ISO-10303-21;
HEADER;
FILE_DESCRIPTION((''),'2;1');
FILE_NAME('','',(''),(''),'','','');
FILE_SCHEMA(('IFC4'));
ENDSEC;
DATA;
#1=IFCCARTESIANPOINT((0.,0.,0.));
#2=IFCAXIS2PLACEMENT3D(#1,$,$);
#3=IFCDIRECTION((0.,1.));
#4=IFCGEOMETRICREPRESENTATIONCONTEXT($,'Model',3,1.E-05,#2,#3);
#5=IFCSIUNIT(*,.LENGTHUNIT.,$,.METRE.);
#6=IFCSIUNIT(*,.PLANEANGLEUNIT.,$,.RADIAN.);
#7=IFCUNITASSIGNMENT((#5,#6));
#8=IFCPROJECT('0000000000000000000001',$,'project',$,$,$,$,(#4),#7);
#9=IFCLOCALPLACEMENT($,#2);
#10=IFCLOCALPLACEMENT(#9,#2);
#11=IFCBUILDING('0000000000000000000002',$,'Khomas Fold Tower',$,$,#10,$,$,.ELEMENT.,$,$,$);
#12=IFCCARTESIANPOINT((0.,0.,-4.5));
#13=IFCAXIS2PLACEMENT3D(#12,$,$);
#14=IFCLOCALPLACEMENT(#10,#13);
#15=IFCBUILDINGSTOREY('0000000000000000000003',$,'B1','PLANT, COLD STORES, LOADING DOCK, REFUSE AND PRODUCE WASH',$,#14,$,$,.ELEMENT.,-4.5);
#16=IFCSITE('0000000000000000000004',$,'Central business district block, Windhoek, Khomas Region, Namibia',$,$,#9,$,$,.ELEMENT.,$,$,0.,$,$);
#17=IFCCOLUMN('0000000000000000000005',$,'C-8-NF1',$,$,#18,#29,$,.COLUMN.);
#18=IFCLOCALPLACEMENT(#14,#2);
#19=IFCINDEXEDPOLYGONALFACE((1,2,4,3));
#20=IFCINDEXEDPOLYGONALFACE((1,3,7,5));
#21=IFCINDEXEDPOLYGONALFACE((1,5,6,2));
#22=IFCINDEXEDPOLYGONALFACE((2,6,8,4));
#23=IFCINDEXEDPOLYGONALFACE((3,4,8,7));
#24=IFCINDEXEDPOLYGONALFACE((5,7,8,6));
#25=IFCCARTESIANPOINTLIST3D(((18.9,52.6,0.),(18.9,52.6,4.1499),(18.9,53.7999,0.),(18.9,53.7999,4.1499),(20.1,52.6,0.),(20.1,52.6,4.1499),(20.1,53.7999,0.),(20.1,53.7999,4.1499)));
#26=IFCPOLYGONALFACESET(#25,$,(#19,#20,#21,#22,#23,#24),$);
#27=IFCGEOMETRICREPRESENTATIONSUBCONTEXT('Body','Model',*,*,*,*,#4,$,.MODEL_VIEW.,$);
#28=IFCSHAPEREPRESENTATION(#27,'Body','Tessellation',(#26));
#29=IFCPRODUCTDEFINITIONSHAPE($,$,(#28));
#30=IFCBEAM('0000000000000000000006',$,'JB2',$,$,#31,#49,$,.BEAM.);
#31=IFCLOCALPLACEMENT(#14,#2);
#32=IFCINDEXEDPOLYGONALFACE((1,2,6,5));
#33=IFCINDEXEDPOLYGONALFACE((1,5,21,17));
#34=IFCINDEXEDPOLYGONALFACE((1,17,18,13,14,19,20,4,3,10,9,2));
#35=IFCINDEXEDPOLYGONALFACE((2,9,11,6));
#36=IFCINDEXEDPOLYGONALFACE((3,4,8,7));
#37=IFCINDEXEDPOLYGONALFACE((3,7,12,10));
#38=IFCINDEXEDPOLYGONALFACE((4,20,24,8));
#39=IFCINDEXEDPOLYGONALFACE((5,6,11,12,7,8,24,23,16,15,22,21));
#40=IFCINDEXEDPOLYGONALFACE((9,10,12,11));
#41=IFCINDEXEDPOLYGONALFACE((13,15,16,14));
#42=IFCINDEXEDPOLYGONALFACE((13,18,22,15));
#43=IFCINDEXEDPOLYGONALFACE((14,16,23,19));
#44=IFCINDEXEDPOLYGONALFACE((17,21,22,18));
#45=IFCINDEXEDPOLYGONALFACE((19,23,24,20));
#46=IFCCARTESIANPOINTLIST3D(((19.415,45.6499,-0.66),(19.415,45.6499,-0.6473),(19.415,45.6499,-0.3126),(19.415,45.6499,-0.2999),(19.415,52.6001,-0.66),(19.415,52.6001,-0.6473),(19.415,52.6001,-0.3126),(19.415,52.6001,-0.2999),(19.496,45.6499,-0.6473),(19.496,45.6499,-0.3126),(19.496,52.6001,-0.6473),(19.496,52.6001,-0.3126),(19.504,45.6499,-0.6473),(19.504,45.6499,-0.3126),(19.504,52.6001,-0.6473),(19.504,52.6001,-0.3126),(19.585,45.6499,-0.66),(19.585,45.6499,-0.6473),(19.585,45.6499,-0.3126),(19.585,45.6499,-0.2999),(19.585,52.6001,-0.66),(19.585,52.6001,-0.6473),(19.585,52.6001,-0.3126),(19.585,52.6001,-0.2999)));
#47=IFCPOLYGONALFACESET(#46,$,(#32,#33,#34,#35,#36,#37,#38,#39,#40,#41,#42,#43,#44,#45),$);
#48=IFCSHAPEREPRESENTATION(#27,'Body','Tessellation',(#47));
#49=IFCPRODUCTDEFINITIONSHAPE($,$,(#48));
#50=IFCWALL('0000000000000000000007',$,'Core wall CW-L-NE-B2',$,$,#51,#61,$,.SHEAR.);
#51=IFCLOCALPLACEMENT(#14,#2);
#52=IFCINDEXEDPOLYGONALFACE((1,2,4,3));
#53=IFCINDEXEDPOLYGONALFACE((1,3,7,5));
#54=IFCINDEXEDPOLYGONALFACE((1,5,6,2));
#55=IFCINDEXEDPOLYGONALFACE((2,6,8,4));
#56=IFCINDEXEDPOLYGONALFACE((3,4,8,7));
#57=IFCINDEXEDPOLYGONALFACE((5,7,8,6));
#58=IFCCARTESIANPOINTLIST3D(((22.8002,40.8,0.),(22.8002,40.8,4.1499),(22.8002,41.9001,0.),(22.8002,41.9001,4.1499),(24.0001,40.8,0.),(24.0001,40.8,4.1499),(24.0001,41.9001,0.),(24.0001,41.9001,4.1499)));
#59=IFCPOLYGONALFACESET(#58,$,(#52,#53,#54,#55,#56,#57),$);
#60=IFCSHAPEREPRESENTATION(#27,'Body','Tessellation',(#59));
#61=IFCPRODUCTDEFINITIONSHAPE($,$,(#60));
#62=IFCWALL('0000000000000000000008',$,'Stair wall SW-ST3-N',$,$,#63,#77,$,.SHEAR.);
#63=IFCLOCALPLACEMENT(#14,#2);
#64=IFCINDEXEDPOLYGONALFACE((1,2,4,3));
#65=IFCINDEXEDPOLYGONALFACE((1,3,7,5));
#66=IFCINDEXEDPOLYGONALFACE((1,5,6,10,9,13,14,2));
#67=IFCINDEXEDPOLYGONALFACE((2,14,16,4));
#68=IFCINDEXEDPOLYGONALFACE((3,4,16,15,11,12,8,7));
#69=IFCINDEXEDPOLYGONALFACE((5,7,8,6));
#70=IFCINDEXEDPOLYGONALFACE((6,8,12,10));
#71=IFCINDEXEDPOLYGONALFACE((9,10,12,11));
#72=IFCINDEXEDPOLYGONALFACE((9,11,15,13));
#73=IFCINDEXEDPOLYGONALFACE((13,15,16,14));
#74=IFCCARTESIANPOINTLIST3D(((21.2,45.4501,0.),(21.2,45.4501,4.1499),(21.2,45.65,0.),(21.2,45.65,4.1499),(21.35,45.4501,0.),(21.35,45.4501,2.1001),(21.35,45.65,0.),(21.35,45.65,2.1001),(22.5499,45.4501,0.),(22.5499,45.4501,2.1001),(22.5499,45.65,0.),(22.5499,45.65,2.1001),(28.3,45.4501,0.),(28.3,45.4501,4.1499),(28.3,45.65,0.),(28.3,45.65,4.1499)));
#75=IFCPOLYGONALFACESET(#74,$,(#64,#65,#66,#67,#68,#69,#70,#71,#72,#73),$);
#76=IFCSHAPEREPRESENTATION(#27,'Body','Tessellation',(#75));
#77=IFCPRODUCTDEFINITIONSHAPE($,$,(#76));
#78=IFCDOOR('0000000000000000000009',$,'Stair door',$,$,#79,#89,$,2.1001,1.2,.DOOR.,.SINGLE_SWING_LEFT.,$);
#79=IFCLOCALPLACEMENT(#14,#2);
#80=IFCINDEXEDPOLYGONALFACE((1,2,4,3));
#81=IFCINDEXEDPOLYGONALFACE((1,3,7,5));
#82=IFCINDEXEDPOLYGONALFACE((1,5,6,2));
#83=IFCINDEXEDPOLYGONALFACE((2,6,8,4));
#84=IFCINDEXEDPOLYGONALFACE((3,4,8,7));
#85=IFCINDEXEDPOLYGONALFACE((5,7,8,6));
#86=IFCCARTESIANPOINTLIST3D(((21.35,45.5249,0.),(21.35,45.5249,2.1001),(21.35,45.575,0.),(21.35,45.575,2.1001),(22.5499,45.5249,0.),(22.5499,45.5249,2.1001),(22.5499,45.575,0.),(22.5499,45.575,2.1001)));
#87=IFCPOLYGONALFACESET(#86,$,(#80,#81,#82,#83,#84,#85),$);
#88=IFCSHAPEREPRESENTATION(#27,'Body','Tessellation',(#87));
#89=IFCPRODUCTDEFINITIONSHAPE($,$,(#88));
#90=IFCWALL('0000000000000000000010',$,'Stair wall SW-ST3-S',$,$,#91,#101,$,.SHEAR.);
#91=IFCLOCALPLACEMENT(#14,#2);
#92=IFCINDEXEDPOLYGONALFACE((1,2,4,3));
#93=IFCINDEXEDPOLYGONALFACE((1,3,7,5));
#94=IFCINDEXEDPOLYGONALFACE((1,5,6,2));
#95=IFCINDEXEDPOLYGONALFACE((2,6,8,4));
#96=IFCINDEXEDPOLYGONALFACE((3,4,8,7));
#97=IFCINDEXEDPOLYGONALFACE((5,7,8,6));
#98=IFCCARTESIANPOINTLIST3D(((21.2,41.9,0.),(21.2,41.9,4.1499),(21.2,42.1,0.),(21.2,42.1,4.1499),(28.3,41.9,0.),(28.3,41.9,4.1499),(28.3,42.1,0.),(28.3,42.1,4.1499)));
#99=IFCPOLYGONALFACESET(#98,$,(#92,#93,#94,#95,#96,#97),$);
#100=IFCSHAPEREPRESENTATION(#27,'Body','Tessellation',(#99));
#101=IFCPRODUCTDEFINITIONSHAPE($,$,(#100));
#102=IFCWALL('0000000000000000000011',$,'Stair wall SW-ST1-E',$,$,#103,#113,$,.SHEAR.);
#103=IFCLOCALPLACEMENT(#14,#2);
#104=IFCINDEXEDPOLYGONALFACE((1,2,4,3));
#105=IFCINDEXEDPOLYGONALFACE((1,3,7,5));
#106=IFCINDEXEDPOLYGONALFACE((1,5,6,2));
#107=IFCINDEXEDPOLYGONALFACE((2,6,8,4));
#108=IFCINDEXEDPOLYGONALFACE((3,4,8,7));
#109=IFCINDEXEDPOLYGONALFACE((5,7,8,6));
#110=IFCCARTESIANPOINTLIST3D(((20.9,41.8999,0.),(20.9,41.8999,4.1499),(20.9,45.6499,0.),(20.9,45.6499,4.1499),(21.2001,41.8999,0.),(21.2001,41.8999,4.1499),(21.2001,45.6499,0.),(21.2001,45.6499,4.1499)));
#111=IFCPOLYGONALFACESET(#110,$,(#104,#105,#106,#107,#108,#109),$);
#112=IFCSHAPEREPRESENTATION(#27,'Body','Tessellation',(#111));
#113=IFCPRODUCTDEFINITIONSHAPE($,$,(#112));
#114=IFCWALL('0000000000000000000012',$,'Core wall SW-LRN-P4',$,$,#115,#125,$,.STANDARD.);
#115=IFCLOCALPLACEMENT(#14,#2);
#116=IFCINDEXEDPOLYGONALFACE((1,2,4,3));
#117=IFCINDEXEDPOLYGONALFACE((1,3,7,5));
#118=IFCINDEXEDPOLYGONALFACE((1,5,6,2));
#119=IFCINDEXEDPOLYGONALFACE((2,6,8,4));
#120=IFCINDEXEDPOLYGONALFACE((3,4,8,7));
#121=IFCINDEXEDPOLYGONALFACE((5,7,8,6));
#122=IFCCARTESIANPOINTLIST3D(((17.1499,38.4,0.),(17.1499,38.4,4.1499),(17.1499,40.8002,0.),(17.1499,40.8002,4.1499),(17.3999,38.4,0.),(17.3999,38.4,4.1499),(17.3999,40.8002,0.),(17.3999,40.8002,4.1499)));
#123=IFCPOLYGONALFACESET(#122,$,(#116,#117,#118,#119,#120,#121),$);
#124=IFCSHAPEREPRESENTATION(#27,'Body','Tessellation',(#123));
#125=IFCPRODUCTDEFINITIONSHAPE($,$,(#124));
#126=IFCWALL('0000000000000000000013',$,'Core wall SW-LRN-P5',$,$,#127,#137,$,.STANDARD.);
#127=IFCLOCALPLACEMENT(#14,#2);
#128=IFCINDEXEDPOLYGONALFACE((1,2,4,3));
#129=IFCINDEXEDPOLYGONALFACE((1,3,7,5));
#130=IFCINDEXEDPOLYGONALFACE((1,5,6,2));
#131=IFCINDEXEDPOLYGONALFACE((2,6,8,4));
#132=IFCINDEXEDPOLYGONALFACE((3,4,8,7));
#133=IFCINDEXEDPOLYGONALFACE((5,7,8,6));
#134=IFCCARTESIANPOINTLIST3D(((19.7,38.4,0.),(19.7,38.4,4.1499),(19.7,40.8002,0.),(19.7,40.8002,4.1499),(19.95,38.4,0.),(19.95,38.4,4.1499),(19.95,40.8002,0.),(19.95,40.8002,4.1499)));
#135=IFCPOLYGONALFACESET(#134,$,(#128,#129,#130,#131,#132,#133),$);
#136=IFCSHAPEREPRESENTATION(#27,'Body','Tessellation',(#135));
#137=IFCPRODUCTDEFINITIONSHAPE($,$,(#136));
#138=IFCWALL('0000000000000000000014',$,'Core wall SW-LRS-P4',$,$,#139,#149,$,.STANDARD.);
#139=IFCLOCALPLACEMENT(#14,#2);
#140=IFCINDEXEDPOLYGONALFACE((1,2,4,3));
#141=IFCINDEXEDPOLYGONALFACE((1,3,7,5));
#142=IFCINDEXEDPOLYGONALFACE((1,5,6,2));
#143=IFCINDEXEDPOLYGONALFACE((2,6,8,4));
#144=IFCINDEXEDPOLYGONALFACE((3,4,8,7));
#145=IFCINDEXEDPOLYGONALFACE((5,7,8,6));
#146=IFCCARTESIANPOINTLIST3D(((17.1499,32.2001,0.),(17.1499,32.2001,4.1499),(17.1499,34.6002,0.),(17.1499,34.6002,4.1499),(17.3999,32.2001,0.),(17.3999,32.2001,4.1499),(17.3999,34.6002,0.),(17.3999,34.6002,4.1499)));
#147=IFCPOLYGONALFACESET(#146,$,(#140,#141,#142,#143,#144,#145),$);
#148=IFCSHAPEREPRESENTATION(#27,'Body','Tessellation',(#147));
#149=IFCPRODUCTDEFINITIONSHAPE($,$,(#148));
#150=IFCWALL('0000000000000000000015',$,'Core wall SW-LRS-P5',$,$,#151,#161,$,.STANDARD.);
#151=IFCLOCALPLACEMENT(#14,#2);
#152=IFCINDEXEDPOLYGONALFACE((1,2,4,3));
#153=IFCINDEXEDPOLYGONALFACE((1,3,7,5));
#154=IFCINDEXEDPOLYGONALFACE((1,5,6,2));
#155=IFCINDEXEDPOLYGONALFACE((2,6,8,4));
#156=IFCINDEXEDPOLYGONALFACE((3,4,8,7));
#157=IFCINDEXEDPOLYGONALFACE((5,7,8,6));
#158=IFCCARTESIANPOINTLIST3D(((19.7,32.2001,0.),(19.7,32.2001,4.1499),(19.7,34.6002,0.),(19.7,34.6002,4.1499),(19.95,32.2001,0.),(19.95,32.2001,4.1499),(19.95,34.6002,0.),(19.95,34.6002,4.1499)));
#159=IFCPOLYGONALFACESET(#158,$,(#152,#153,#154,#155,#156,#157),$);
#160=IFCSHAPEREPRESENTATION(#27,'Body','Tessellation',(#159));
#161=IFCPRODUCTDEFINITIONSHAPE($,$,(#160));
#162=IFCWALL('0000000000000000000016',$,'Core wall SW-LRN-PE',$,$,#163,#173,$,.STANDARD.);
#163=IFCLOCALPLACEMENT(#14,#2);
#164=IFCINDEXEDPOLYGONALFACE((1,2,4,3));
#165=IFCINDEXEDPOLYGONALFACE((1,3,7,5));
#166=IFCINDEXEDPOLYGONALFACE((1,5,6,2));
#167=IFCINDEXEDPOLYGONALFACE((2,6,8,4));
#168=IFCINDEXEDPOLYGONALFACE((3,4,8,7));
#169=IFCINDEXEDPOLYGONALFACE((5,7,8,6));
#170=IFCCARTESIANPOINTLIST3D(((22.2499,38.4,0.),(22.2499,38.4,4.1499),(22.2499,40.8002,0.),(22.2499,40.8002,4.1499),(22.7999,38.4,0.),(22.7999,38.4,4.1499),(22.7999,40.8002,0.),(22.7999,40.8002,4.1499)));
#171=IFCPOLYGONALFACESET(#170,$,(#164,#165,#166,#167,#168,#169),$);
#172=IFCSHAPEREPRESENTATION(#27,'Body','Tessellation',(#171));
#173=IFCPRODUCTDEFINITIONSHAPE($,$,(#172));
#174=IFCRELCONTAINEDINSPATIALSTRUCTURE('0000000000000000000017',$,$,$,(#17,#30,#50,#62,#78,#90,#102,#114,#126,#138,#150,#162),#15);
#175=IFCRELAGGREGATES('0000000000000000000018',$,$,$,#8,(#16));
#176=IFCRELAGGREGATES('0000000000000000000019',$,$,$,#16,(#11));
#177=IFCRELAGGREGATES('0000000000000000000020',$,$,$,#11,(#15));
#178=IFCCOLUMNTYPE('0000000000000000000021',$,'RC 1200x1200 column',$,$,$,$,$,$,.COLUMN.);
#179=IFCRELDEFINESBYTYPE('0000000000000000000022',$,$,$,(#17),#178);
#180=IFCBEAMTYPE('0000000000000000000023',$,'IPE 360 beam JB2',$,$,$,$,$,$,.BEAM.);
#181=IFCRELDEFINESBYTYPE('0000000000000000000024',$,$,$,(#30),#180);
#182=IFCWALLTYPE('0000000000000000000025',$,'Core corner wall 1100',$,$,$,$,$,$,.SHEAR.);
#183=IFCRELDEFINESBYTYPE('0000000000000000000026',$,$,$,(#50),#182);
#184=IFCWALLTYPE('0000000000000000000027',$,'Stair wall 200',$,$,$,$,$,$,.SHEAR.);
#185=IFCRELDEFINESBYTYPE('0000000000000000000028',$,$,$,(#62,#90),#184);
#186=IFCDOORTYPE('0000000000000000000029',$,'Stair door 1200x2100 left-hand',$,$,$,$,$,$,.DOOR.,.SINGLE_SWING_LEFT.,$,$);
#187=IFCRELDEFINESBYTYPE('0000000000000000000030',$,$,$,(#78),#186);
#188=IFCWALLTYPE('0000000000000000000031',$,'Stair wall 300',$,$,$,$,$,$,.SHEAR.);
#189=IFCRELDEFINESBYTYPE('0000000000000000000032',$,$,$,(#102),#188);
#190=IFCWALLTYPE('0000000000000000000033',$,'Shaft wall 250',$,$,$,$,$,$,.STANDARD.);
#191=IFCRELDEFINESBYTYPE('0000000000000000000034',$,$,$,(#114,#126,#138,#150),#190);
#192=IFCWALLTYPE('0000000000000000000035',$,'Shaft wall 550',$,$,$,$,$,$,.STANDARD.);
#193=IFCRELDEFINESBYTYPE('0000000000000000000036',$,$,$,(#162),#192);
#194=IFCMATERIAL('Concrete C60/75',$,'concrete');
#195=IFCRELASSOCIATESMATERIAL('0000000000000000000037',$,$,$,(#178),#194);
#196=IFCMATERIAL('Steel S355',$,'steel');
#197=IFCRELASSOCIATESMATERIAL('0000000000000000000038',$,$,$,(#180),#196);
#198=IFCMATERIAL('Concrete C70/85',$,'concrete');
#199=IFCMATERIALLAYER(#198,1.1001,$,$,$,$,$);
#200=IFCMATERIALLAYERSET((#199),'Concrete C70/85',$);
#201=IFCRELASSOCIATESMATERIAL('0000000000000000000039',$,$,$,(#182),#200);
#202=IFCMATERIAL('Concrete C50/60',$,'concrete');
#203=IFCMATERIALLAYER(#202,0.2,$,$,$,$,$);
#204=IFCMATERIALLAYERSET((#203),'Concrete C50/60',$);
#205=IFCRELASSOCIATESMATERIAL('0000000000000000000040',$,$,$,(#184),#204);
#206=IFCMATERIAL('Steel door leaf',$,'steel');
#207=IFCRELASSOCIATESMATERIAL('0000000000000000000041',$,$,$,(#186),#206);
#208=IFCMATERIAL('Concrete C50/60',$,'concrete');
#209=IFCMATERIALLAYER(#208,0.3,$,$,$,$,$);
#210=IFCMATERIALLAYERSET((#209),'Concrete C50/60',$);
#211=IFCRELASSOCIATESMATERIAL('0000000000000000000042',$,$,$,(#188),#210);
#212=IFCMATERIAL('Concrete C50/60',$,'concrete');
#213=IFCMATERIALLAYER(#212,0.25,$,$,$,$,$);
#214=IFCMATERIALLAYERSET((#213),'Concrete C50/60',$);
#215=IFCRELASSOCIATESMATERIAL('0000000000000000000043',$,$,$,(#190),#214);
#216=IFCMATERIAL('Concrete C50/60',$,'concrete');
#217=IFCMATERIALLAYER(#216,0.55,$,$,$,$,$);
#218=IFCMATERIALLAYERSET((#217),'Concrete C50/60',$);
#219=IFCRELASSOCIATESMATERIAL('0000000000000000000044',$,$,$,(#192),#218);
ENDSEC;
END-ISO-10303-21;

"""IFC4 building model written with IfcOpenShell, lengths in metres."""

from ifc_helpers import new_model, si_unit, direction, frame, frame_2d, origin, origin_2d, place, context, subcontext, project, spatial, rectangle, i_section, extrude, source, transform, mapped, material, layer, layer_set, material_profile, profile_set, type_object, element, fill, save


model = new_model("IFC4")

# Units and contexts
model_context = context("Model", 3, precision=1e-05, world=origin(), true_north=direction((0.0, 1.0)))
body_context = subcontext(model_context, "Body", "Model", "MODEL_VIEW")
ifc_project = project(units=[si_unit("LENGTHUNIT", "METRE"), si_unit("PLANEANGLEUNIT", "RADIAN")], contexts=[model_context])

# Site, building, storey
site_placement = place(None, origin())
site = spatial("IfcSite", under=ifc_project, at=site_placement, Name="Central business district block, Windhoek, Khomas Region, Namibia", CompositionType="ELEMENT", RefElevation=0.0)
building_placement = place(site_placement, origin())
building = spatial("IfcBuilding", under=site, at=building_placement, Name="Khomas Fold Tower", CompositionType="ELEMENT")
storey_placement = place(building_placement, frame((0.0, 0.0, -4.5)))
storey = spatial("IfcBuildingStorey", under=building, at=storey_placement, Name="B1", Description="PLANT, COLD STORES, LOADING DOCK, REFUSE AND PRODUCE WASH", CompositionType="ELEMENT", Elevation=-4.5)

# Column
ifc_material_1 = material(Name="Concrete C60/75", Category="concrete")
ifc_material_profile_1 = material_profile(ifc_material_1, rectangle(XDim=1.2, YDim=1.2, at=origin_2d()), Name="RC 1200x1200")
ifc_profile_set_1 = profile_set([ifc_material_profile_1], Name="Concrete C60/75")
column_type = type_object("IfcColumnType", Name="RC 1200x1200 column", PredefinedType="COLUMN", material=ifc_profile_set_1)
shared_shape_1 = source(origin(), body_context, "Body", "SweptSolid", [
    extrude(rectangle(XDim=1.2, YDim=1.2, at=origin_2d()), origin(), (0.0, 0.0, 1.0), 4.1499),
])
column_placement = place(storey_placement, frame((19.5, 53.2, 0.0), z_axis=(0.0, 0.0, 1.0), x_axis=(1.0, 0.0, 0.0)))
element("IfcColumn", 1, at=column_placement, inside=storey, type_object=column_type, Name="C-8-NF1", PredefinedType="COLUMN", context=body_context, shape_type="MappedRepresentation", body=[
    mapped(shared_shape_1, transform((0.0, 0.0, 0.0))),
])

# Beam
ifc_material_2 = material(Name="Steel S355", Category="steel")
ifc_material_profile_2 = material_profile(ifc_material_2, i_section(OverallWidth=0.1699, OverallDepth=0.3601, WebThickness=0.0081, FlangeThickness=0.0127, at=origin_2d()), Name="IPE 360")
ifc_profile_set_2 = profile_set([ifc_material_profile_2], Name="Steel S355")
beam_type = type_object("IfcBeamType", Name="IPE 360 beam JB2", PredefinedType="BEAM", material=ifc_profile_set_2)
shared_shape_2 = source(origin(), body_context, "Body", "SweptSolid", [
    extrude(i_section(OverallWidth=0.1699, OverallDepth=0.3601, WebThickness=0.0081, FlangeThickness=0.0127, at=origin_2d()), origin(), (0.0, 0.0, 1.0), 6.9502),
])
beam_placement = place(storey_placement, frame((19.5, 45.6499, -0.48), z_axis=(0.0, 1.0, 0.0), x_axis=(-1.0, 0.0, 0.0)))
element("IfcBeam", 2, at=beam_placement, inside=storey, type_object=beam_type, Name="JB2", PredefinedType="BEAM", context=body_context, shape_type="MappedRepresentation", body=[
    mapped(shared_shape_2, transform((0.0, 0.0, 0.0))),
])

# Wall
ifc_material_3 = material(Name="Concrete C70/85", Category="concrete")
ifc_layer_1 = layer(ifc_material_3, 1.1001)
ifc_layer_set_1 = layer_set([ifc_layer_1], Name="Concrete C70/85")
wall_type_1 = type_object("IfcWallType", Name="Core corner wall 1100", PredefinedType="SHEAR", material=ifc_layer_set_1)
shared_shape_3 = source(origin(), body_context, "Body", "SweptSolid", [
    extrude(rectangle(XDim=1.2, YDim=1.1001, at=frame_2d((0.6001, 0.0))), origin(), (0.0, 0.0, 1.0), 4.1499),
])
wall_1_placement = place(storey_placement, frame((22.8, 41.3501, 0.0), z_axis=(0.0, 0.0, 1.0), x_axis=(1.0, 0.0, 0.0)))
element("IfcWall", 3, at=wall_1_placement, inside=storey, type_object=wall_type_1, Name="Core wall CW-L-NE-B2", PredefinedType="SHEAR", context=body_context, shape_type="MappedRepresentation", body=[
    mapped(shared_shape_3, transform((0.0, 0.0, 0.0))),
])

# Wall, opening, door
ifc_material_4 = material(Name="Concrete C50/60", Category="concrete")
ifc_layer_2 = layer(ifc_material_4, 0.2)
ifc_layer_set_2 = layer_set([ifc_layer_2], Name="Concrete C50/60")
wall_type_2 = type_object("IfcWallType", Name="Stair wall 200", PredefinedType="SHEAR", material=ifc_layer_set_2)
shared_shape_4 = source(origin(), body_context, "Body", "SweptSolid", [
    extrude(rectangle(XDim=7.1001, YDim=0.2, at=frame_2d((3.55, 0.0))), origin(), (0.0, 0.0, 1.0), 4.1499),
])
wall_2_placement = place(storey_placement, frame((21.2, 45.55, 0.0), z_axis=(0.0, 0.0, 1.0), x_axis=(1.0, 0.0, 0.0)))
wall_2 = element("IfcWall", 4, at=wall_2_placement, inside=storey, type_object=wall_type_2, Name="Stair wall SW-ST3-N", PredefinedType="SHEAR", context=body_context, shape_type="MappedRepresentation", body=[
    mapped(shared_shape_4, transform((0.0, 0.0, 0.0))),
])
shared_shape_5 = source(origin(), body_context, "Body", "SweptSolid", [
    extrude(rectangle(XDim=1.2, YDim=2.1001, at=frame_2d((0.6001, 1.05))), frame((0.0, 0.1099, 0.0), z_axis=(0.0, -1.0, 0.0), x_axis=(1.0, 0.0, 0.0)), (0.0, 0.0, 1.0), 0.22),
])
opening_1_placement = place(wall_2_placement, frame((0.1499, 0.0, 0.0)))
opening_1 = element("IfcOpeningElement", 5, at=opening_1_placement, cuts=wall_2, PredefinedType="OPENING", context=body_context, shape_type="MappedRepresentation", body=[
    mapped(shared_shape_5, transform((0.0, 0.0, 0.0))),
])
ifc_material_5 = material(Name="Steel door leaf", Category="steel")
door_type_1 = type_object("IfcDoorType", Name="Stair door 1200x2100 left-hand", OperationType="SINGLE_SWING_LEFT", PredefinedType="DOOR", material=ifc_material_5)
shared_shape_6 = source(origin(), body_context, "Body", "SweptSolid", [
    extrude(rectangle(XDim=1.2, YDim=2.1001, at=frame_2d((0.6001, 1.05))), frame((0.0, 0.0249, 0.0), z_axis=(0.0, -1.0, 0.0), x_axis=(1.0, 0.0, 0.0)), (0.0, 0.0, 1.0), 0.05),
])
door_1_placement = place(opening_1_placement, origin())
door_1 = element("IfcDoor", 6, at=door_1_placement, inside=storey, type_object=door_type_1, Name="Stair door", OperationType="SINGLE_SWING_LEFT", OverallHeight=2.1001, OverallWidth=1.2, PredefinedType="DOOR", context=body_context, shape_type="MappedRepresentation", body=[
    mapped(shared_shape_6, transform((0.0, 0.0, 0.0))),
])
fill(opening_1, door_1)

# Walls
wall_3_placement = place(storey_placement, frame((21.2, 42.0, 0.0), z_axis=(0.0, 0.0, 1.0), x_axis=(1.0, 0.0, 0.0)))
element("IfcWall", 7, at=wall_3_placement, inside=storey, type_object=wall_type_2, Name="Stair wall SW-ST3-S", PredefinedType="SHEAR", context=body_context, shape_type="MappedRepresentation", body=[
    mapped(shared_shape_4, transform((0.0, 0.0, 0.0))),
])
ifc_material_6 = material(Name="Concrete C50/60", Category="concrete")
ifc_layer_3 = layer(ifc_material_6, 0.3)
ifc_layer_set_3 = layer_set([ifc_layer_3], Name="Concrete C50/60")
wall_type_3 = type_object("IfcWallType", Name="Stair wall 300", PredefinedType="SHEAR", material=ifc_layer_set_3)
shared_shape_7 = source(origin(), body_context, "Body", "SweptSolid", [
    extrude(rectangle(XDim=3.75, YDim=0.3, at=frame_2d((1.875, 0.0))), origin(), (0.0, 0.0, 1.0), 4.1499),
])
wall_4_placement = place(storey_placement, frame((21.05, 41.8999, 0.0), z_axis=(0.0, 0.0, 1.0), x_axis=(0.0, 1.0, 0.0)))
element("IfcWall", 8, at=wall_4_placement, inside=storey, type_object=wall_type_3, Name="Stair wall SW-ST1-E", PredefinedType="SHEAR", context=body_context, shape_type="MappedRepresentation", body=[
    mapped(shared_shape_7, transform((0.0, 0.0, 0.0))),
])
ifc_material_7 = material(Name="Concrete C50/60", Category="concrete")
ifc_layer_4 = layer(ifc_material_7, 0.25)
ifc_layer_set_4 = layer_set([ifc_layer_4], Name="Concrete C50/60")
wall_type_4 = type_object("IfcWallType", Name="Shaft wall 250", PredefinedType="STANDARD", material=ifc_layer_set_4)
shared_shape_8 = source(origin(), body_context, "Body", "SweptSolid", [
    extrude(rectangle(XDim=2.4001, YDim=0.25, at=frame_2d((1.2002, 0.0))), origin(), (0.0, 0.0, 1.0), 4.1499),
])
for number, where, z_axis, x_axis, name in (
    (9, (17.2749, 38.3999, 0.0), (0.0, 0.0, 1.0), (0.0, 1.0, 0.0), "Core wall SW-LRN-P4"),
    (10, (19.825, 38.3999, 0.0), (0.0, 0.0, 1.0), (0.0, 1.0, 0.0), "Core wall SW-LRN-P5"),
    (11, (17.2749, 32.2, 0.0), (0.0, 0.0, 1.0), (0.0, 1.0, 0.0), "Core wall SW-LRS-P4"),
    (12, (19.825, 32.2, 0.0), (0.0, 0.0, 1.0), (0.0, 1.0, 0.0), "Core wall SW-LRS-P5"),
):
    element("IfcWall", number, at=place(storey_placement, frame(where, z_axis=z_axis, x_axis=x_axis)), inside=storey, type_object=wall_type_4, Name=name, PredefinedType="STANDARD", context=body_context, shape_type="MappedRepresentation", body=[
        mapped(shared_shape_8, transform((0.0, 0.0, 0.0))),
    ])
ifc_material_8 = material(Name="Concrete C50/60", Category="concrete")
ifc_layer_5 = layer(ifc_material_8, 0.55)
ifc_layer_set_5 = layer_set([ifc_layer_5], Name="Concrete C50/60")
wall_type_5 = type_object("IfcWallType", Name="Shaft wall 550", PredefinedType="STANDARD", material=ifc_layer_set_5)
shared_shape_9 = source(origin(), body_context, "Body", "SweptSolid", [
    extrude(rectangle(XDim=2.4001, YDim=0.55, at=frame_2d((1.2002, 0.0))), origin(), (0.0, 0.0, 1.0), 4.1499),
])
for number, where, z_axis, x_axis, name in (
    (13, (22.5249, 38.3999, 0.0), (0.0, 0.0, 1.0), (0.0, 1.0, 0.0), "Core wall SW-LRN-PE"),
):
    element("IfcWall", number, at=place(storey_placement, frame(where, z_axis=z_axis, x_axis=x_axis)), inside=storey, type_object=wall_type_5, Name=name, PredefinedType="STANDARD", context=body_context, shape_type="MappedRepresentation", body=[
        mapped(shared_shape_9, transform((0.0, 0.0, 0.0))),
    ])

save(model, "model.ifc")
